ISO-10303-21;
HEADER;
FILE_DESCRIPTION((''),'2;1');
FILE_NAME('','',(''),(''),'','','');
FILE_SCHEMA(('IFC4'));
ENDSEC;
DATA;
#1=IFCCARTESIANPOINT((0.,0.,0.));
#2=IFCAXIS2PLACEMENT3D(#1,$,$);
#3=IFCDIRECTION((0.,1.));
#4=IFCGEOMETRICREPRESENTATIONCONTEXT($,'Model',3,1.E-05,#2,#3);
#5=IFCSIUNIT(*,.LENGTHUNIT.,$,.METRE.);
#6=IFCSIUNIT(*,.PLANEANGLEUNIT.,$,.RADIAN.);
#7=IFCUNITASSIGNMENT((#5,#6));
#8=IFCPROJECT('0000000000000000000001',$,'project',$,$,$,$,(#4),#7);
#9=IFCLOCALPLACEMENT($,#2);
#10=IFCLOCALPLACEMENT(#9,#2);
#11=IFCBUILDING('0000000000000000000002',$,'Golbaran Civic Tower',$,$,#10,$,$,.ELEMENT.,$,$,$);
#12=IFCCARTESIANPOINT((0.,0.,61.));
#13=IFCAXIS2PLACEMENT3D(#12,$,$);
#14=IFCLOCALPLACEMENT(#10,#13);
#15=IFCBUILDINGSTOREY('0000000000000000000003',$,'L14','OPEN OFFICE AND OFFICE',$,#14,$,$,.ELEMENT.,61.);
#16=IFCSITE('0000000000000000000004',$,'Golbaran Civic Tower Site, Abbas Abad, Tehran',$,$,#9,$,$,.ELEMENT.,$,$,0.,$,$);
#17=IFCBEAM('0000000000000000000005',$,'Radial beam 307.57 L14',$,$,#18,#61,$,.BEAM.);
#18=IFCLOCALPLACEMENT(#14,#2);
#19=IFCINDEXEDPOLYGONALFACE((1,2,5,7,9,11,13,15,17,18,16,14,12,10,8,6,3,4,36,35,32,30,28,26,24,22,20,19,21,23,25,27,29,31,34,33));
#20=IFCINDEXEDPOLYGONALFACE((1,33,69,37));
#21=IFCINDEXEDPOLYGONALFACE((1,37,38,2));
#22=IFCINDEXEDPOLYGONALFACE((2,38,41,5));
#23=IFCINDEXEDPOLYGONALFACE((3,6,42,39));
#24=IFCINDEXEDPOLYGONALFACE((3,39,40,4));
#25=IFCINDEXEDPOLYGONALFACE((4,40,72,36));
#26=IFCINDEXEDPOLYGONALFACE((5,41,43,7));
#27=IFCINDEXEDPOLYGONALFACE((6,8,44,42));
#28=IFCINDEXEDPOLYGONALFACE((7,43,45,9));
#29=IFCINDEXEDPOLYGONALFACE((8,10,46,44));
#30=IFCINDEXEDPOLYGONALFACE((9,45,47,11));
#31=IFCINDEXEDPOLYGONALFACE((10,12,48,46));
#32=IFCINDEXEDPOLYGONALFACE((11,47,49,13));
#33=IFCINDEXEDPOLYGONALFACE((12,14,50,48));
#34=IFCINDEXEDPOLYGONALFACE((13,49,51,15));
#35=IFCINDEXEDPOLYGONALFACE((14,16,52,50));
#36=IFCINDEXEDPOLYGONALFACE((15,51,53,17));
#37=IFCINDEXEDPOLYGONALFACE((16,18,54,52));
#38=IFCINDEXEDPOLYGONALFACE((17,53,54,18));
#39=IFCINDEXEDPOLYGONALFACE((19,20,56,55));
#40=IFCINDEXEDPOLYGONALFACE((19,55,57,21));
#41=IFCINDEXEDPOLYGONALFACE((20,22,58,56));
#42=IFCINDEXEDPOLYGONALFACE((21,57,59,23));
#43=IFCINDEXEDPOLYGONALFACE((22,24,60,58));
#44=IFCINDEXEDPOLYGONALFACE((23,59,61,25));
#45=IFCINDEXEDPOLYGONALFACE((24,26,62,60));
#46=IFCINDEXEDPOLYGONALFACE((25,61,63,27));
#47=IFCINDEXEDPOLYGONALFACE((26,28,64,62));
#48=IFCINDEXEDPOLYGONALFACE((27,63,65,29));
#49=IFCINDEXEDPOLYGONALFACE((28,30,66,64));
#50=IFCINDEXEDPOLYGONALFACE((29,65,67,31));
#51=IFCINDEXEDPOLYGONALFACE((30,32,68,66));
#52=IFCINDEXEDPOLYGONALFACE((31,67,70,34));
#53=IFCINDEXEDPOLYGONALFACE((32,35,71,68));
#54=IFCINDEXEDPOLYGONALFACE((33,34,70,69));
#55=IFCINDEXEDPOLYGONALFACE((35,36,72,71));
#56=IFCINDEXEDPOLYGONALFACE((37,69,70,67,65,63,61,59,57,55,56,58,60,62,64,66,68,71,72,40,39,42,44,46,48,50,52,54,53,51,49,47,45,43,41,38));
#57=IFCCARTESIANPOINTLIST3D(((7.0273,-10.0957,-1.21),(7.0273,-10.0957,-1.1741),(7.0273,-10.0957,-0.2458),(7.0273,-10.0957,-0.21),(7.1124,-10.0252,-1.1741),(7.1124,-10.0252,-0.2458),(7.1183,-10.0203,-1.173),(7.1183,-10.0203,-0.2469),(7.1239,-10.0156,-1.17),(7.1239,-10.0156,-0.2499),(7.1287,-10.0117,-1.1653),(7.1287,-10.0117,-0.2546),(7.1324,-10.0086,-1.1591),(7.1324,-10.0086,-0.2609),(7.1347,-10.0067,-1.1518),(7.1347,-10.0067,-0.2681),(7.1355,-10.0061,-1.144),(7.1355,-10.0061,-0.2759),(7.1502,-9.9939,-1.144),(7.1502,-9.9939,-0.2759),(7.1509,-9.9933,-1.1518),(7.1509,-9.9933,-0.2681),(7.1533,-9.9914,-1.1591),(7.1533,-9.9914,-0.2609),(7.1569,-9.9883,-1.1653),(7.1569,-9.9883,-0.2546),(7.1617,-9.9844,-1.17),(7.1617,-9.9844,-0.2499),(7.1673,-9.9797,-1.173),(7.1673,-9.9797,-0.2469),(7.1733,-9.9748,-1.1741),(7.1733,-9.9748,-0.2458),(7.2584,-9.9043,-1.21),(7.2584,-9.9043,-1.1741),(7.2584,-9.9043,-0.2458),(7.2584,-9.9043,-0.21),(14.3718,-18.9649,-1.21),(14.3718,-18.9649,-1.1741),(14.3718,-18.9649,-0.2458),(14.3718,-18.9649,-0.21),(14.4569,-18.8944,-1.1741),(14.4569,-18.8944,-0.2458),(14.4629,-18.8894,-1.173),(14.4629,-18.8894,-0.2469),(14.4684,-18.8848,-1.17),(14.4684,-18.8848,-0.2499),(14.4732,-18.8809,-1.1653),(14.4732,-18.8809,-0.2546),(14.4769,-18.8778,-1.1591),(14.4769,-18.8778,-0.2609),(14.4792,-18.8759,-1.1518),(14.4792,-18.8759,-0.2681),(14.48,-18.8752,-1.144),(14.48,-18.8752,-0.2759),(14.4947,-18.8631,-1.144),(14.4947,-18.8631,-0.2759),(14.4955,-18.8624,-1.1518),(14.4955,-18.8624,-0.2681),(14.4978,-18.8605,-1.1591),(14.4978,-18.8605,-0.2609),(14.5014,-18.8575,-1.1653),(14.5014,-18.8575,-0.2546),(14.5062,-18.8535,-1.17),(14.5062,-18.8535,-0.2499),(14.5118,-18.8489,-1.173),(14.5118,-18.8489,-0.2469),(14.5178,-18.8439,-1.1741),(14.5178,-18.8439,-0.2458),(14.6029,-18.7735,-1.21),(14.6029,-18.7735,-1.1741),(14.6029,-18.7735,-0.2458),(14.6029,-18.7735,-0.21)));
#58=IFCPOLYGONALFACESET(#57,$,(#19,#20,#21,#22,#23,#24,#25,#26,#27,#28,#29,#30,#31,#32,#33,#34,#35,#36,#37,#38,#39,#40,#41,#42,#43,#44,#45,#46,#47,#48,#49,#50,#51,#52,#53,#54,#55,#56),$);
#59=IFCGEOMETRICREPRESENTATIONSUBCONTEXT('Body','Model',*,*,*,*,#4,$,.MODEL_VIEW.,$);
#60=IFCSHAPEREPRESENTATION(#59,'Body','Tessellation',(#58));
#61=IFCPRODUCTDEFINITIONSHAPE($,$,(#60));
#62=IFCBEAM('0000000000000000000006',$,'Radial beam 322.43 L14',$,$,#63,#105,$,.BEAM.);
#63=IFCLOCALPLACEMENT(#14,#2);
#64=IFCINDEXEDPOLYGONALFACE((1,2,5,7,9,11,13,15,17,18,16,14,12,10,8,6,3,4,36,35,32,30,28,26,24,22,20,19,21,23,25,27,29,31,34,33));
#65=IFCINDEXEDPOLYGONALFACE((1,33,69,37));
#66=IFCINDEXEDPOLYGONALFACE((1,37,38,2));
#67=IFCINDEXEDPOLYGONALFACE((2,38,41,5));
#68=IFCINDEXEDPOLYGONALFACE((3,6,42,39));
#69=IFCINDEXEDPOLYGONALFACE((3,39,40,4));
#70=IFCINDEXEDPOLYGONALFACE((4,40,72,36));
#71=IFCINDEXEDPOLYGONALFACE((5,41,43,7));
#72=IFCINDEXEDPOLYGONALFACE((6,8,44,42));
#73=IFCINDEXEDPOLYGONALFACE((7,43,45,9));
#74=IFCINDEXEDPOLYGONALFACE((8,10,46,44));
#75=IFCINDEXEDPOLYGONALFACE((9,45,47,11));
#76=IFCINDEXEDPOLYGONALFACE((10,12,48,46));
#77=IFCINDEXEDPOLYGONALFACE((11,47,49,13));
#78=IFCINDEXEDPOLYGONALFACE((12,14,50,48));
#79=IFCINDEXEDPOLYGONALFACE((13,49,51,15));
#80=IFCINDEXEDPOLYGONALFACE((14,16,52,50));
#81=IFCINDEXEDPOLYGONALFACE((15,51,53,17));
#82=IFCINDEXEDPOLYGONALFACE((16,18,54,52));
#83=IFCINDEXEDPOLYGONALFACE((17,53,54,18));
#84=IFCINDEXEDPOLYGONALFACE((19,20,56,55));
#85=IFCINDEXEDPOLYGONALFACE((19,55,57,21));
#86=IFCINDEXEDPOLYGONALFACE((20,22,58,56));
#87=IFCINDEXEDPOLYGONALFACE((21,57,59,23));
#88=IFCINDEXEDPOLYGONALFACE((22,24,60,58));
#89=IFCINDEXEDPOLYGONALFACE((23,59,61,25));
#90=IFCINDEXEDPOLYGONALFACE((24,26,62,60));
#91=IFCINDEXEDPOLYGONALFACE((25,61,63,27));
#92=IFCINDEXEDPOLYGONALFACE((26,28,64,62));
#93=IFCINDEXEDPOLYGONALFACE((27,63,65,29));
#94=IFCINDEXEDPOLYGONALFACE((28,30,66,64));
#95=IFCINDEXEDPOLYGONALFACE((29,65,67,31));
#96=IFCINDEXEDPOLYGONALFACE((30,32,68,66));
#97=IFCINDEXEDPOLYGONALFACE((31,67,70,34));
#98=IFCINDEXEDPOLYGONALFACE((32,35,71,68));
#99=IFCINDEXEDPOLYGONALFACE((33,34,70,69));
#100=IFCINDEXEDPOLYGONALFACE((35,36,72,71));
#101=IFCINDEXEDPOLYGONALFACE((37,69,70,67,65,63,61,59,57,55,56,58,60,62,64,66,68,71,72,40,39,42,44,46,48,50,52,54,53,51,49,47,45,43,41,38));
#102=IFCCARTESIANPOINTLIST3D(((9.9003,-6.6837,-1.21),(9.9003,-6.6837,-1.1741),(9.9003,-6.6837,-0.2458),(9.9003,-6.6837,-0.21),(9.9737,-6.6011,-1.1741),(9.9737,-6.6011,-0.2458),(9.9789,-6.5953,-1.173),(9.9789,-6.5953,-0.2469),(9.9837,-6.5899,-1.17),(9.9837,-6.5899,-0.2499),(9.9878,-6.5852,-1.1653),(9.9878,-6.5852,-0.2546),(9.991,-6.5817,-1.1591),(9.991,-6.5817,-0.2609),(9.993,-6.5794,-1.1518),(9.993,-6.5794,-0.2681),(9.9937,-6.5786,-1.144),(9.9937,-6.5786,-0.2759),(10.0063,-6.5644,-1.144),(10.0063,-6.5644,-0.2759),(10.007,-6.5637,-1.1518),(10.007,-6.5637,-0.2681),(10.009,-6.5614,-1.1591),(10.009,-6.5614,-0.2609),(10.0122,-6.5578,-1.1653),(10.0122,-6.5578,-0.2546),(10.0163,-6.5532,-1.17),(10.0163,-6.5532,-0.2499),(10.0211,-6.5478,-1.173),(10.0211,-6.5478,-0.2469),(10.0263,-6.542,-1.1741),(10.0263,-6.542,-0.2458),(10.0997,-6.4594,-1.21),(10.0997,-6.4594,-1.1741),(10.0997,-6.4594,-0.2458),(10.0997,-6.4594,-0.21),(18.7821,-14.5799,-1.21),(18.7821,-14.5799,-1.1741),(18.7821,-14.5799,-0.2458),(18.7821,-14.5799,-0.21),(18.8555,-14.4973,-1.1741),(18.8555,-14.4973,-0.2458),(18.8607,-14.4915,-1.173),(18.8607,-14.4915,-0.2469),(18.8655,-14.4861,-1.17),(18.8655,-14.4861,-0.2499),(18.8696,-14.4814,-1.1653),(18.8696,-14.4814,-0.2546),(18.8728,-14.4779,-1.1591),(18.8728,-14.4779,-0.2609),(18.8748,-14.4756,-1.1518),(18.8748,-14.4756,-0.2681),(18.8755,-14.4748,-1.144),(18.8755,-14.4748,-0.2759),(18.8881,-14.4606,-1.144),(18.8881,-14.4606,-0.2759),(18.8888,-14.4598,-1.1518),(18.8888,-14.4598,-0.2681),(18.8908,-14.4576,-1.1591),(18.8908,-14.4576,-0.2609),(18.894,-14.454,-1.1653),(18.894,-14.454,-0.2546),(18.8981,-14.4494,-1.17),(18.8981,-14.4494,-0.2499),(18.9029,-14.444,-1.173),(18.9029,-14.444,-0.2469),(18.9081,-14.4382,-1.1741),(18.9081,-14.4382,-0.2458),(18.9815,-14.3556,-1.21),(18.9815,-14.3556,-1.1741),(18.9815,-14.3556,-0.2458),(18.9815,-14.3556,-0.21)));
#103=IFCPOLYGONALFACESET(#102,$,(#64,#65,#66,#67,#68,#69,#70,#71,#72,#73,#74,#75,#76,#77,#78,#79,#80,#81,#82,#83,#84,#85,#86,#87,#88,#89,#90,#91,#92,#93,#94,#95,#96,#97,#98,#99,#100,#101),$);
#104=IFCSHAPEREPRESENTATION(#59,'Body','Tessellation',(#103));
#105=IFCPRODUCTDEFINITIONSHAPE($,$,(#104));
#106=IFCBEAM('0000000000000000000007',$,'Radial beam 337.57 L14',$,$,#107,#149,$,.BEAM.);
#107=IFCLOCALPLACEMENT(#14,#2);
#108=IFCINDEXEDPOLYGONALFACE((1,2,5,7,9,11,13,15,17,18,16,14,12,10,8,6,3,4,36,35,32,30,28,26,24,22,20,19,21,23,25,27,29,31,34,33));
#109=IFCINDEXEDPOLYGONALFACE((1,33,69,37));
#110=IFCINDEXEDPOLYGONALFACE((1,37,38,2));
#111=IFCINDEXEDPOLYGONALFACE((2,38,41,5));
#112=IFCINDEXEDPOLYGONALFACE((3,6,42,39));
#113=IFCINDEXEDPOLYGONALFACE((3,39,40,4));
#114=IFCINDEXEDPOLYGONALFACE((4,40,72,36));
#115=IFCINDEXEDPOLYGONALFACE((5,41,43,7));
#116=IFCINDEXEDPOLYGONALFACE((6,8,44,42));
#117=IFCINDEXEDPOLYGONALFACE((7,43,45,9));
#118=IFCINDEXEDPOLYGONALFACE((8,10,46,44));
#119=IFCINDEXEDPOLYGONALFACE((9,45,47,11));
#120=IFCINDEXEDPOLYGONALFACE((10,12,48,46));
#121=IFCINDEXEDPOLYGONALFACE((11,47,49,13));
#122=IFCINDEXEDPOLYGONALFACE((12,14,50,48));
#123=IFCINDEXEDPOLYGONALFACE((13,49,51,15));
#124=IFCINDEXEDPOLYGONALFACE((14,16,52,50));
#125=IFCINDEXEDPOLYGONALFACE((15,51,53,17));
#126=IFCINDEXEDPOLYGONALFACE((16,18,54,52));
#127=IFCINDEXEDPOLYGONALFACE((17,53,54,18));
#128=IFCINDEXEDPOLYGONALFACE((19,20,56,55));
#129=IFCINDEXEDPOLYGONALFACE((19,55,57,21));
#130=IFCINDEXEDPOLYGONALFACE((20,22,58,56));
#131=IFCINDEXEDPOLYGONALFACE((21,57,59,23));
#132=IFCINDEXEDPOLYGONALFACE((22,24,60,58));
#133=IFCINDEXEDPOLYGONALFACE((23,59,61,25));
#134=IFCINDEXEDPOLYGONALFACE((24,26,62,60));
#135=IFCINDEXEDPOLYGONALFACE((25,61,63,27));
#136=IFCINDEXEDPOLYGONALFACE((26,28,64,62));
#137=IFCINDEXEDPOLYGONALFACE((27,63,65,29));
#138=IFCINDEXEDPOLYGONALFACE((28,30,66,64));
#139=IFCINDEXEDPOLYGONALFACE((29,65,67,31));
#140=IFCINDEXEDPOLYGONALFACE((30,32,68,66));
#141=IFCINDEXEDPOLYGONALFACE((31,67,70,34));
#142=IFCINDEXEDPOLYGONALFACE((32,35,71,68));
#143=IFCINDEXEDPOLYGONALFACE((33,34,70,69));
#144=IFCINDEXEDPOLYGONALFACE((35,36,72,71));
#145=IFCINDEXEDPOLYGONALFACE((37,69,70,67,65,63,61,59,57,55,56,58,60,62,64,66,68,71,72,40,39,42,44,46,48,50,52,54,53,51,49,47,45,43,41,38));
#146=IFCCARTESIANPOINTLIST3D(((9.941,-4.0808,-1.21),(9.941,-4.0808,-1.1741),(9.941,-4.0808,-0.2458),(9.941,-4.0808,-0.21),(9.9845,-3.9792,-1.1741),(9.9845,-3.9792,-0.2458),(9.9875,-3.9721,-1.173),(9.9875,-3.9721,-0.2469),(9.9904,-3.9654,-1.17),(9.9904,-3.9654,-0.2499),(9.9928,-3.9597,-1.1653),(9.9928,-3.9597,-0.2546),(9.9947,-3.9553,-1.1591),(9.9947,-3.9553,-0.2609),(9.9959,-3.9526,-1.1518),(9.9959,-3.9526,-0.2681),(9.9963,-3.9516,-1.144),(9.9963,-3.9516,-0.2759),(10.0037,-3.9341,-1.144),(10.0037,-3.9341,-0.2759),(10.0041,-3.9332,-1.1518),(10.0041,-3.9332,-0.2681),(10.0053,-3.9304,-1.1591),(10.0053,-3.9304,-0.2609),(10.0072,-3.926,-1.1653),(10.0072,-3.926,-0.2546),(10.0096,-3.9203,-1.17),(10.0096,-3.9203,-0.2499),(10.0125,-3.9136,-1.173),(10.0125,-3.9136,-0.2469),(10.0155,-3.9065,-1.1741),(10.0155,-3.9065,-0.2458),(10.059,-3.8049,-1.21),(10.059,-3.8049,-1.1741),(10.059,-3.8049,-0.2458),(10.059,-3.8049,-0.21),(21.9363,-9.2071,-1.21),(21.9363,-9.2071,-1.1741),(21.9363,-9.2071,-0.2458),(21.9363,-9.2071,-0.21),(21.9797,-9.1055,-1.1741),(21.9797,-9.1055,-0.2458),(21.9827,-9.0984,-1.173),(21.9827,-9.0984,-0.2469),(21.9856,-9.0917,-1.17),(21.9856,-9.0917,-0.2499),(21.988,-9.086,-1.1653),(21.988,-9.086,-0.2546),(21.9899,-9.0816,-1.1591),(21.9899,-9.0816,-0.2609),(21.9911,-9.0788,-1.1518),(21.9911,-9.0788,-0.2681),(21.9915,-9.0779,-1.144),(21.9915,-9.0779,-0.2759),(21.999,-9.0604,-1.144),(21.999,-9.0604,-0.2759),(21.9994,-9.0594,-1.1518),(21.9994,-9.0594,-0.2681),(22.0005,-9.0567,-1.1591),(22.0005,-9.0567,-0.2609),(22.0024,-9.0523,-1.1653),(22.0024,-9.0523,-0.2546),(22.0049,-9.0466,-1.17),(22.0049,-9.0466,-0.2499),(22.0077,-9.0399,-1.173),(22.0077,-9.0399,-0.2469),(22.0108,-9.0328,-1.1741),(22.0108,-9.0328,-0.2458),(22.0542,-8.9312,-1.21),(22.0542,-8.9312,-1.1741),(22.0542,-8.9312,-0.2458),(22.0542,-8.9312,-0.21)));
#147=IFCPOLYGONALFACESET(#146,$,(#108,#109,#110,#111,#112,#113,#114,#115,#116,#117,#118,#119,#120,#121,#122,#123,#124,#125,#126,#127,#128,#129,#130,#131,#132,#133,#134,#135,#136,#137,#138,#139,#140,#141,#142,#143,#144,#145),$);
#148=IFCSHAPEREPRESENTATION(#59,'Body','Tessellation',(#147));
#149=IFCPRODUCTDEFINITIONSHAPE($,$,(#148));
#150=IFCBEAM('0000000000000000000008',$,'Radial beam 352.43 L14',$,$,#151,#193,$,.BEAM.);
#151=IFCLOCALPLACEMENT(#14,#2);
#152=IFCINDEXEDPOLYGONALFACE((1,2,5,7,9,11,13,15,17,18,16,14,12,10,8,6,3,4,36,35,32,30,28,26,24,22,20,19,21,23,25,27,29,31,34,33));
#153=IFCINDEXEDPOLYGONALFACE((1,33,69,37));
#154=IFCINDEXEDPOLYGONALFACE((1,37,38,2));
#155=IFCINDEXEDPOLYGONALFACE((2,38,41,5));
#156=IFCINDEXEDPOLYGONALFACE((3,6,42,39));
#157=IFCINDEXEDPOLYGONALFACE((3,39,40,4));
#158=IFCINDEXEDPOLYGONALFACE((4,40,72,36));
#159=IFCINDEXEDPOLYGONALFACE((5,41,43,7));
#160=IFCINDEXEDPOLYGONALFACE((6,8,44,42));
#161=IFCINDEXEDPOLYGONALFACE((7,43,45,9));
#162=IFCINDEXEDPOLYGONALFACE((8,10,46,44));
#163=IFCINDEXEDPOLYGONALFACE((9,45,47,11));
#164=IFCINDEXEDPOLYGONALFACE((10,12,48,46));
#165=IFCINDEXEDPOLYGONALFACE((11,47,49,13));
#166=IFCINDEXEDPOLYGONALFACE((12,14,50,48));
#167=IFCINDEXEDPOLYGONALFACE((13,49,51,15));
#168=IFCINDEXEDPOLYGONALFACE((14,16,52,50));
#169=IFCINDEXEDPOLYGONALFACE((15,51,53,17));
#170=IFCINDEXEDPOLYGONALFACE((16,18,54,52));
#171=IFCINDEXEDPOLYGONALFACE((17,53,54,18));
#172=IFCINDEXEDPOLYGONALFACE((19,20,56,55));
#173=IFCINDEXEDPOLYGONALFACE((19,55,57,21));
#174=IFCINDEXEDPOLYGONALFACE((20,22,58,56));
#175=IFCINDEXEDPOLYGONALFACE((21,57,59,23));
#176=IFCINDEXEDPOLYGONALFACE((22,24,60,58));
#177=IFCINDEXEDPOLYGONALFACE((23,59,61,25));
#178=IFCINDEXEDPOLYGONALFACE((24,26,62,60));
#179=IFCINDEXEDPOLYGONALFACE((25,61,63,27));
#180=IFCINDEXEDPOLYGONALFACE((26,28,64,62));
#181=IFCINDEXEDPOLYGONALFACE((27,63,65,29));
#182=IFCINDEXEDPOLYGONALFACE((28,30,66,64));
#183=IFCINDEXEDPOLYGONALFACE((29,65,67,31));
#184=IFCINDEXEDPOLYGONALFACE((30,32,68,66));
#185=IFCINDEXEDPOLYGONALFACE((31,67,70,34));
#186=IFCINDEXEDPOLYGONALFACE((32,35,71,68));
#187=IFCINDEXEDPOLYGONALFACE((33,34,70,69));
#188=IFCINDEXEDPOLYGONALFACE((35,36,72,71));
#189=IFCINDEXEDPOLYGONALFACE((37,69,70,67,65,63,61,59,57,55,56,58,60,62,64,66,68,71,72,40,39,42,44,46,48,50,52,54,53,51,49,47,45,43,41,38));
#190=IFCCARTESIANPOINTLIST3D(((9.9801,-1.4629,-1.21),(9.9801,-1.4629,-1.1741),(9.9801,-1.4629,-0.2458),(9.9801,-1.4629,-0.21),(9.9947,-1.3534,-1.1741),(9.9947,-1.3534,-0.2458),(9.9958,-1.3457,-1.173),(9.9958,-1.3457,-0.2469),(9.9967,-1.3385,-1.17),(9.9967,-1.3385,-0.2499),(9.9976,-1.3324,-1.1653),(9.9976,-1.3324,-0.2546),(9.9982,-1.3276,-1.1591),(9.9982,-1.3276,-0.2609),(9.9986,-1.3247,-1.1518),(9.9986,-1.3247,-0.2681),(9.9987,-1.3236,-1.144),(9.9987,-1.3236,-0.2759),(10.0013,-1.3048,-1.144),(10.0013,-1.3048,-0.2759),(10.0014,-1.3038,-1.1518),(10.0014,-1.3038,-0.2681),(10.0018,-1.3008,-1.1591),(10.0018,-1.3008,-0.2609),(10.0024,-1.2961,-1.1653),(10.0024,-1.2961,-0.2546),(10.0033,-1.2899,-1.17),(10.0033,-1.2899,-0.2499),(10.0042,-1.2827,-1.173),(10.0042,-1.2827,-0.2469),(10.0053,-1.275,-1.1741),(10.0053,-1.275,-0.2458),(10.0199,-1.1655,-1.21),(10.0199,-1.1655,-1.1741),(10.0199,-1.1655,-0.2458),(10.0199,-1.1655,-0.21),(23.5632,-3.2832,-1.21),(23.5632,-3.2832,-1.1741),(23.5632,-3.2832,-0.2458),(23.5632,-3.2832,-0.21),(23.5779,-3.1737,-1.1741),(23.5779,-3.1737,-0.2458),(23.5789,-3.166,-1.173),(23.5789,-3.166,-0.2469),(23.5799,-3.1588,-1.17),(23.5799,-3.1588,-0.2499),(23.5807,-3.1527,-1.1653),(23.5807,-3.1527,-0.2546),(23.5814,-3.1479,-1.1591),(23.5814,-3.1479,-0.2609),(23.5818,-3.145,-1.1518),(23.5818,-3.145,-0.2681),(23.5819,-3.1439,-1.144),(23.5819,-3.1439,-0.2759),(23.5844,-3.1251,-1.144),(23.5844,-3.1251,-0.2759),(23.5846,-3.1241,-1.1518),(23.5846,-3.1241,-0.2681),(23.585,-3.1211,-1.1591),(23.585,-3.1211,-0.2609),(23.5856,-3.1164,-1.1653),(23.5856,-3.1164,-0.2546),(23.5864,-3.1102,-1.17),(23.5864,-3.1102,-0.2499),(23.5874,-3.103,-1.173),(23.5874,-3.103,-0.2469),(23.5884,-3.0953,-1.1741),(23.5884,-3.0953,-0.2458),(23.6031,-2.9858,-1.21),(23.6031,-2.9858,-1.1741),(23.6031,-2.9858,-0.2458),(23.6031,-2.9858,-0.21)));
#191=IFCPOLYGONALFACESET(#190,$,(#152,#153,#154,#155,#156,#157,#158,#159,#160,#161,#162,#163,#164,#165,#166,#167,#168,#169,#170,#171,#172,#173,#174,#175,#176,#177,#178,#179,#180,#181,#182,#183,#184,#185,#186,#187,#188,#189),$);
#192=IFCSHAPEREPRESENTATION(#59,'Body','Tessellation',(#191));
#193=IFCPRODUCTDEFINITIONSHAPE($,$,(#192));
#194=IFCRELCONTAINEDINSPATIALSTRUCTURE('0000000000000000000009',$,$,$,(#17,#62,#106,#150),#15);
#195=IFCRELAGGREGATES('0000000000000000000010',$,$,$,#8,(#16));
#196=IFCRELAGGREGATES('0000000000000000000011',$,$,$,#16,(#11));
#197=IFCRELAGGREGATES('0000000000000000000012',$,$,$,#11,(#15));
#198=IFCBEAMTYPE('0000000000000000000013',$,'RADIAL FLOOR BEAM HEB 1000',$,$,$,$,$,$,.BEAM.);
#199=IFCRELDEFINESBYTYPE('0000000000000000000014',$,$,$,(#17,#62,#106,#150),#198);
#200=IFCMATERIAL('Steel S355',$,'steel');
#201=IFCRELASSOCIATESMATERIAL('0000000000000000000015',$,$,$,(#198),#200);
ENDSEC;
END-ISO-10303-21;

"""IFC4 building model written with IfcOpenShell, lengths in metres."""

from ifc_helpers import new_model, si_unit, direction, frame, origin, origin_2d, place, context, subcontext, project, spatial, i_section, extrude, material, material_profile, profile_set, type_object, element, save


model = new_model("IFC4")

# Units and contexts
model_context = context("Model", 3, precision=1e-05, world=origin(), true_north=direction((0.0, 1.0)))
body_context = subcontext(model_context, "Body", "Model", "MODEL_VIEW")
ifc_project = project(units=[si_unit("LENGTHUNIT", "METRE"), si_unit("PLANEANGLEUNIT", "RADIAN")], contexts=[model_context])

# Site, building, storey
site_placement = place(None, origin())
site = spatial("IfcSite", under=ifc_project, at=site_placement, Name="Golbaran Civic Tower Site, Abbas Abad, Tehran", CompositionType="ELEMENT", RefElevation=0.0)
building_placement = place(site_placement, origin())
building = spatial("IfcBuilding", under=site, at=building_placement, Name="Golbaran Civic Tower", CompositionType="ELEMENT")
storey_placement = place(building_placement, frame((0.0, 0.0, 61.0)))
storey = spatial("IfcBuildingStorey", under=building, at=storey_placement, Name="L14", Description="OPEN OFFICE AND OFFICE", CompositionType="ELEMENT", Elevation=61.0)

# Beams
ifc_material_1 = material(Name="Steel S355", Category="steel")
ifc_material_profile = material_profile(ifc_material_1, i_section(OverallWidth=0.3, OverallDepth=1.0, WebThickness=0.019, FlangeThickness=0.0359, FilletRadius=0.03, at=origin_2d()), Name="HEB 1000")
ifc_profile_set = profile_set([ifc_material_profile], Name="Steel S355")
beam_type = type_object("IfcBeamType", Name="RADIAL FLOOR BEAM HEB 1000", PredefinedType="BEAM", material=ifc_profile_set)
beam_1_placement = place(storey_placement, frame((7.1428, -10.0, -0.71), z_axis=(0.6378, -0.770202, 0.0), x_axis=(0.770202, 0.6378, 0.0)))
element("IfcBeam", 1, at=beam_1_placement, inside=storey, type_object=beam_type, Name="Radial beam 307.57 L14", PredefinedType="BEAM", context=body_context, shape_type="SweptSolid", body=[
    extrude(i_section(OverallWidth=0.3, OverallDepth=1.0, WebThickness=0.019, FlangeThickness=0.0359, FilletRadius=0.03, at=origin_2d()), origin(), (0.0, 0.0, 1.0), 11.5154),
])
beam_2_placement = place(storey_placement, frame((10.0, -6.5715, -0.71), z_axis=(0.747356, -0.664424, 0.0), x_axis=(0.664424, 0.747356, 0.0)))
element("IfcBeam", 2, at=beam_2_placement, inside=storey, type_object=beam_type, Name="Radial beam 322.43 L14", PredefinedType="BEAM", context=body_context, shape_type="SweptSolid", body=[
    extrude(i_section(OverallWidth=0.3, OverallDepth=1.0, WebThickness=0.019, FlangeThickness=0.0359, FilletRadius=0.03, at=origin_2d()), origin(), (0.0, 0.0, 1.0), 11.8843),
])
beam_3_placement = place(storey_placement, frame((10.0, -3.9429, -0.71), z_axis=(0.919548, -0.392977, 0.0), x_axis=(0.392977, 0.919548, 0.0)))
element("IfcBeam", 3, at=beam_3_placement, inside=storey, type_object=beam_type, Name="Radial beam 337.57 L14", PredefinedType="BEAM", context=body_context, shape_type="SweptSolid", body=[
    extrude(i_section(OverallWidth=0.3, OverallDepth=1.0, WebThickness=0.019, FlangeThickness=0.0359, FilletRadius=0.03, at=origin_2d()), origin(), (0.0, 0.0, 1.0), 13.0447),
])
beam_4_placement = place(storey_placement, frame((10.0, -1.3142, -0.71), z_axis=(0.99114, -0.132824, 0.0), x_axis=(0.132824, 0.99114, 0.0)))
element("IfcBeam", 4, at=beam_4_placement, inside=storey, type_object=beam_type, Name="Radial beam 352.43 L14", PredefinedType="BEAM", context=body_context, shape_type="SweptSolid", body=[
    extrude(i_section(OverallWidth=0.3, OverallDepth=1.0, WebThickness=0.019, FlangeThickness=0.0359, FilletRadius=0.03, at=origin_2d()), origin(), (0.0, 0.0, 1.0), 13.7046),
])

save(model, "model.ifc")
